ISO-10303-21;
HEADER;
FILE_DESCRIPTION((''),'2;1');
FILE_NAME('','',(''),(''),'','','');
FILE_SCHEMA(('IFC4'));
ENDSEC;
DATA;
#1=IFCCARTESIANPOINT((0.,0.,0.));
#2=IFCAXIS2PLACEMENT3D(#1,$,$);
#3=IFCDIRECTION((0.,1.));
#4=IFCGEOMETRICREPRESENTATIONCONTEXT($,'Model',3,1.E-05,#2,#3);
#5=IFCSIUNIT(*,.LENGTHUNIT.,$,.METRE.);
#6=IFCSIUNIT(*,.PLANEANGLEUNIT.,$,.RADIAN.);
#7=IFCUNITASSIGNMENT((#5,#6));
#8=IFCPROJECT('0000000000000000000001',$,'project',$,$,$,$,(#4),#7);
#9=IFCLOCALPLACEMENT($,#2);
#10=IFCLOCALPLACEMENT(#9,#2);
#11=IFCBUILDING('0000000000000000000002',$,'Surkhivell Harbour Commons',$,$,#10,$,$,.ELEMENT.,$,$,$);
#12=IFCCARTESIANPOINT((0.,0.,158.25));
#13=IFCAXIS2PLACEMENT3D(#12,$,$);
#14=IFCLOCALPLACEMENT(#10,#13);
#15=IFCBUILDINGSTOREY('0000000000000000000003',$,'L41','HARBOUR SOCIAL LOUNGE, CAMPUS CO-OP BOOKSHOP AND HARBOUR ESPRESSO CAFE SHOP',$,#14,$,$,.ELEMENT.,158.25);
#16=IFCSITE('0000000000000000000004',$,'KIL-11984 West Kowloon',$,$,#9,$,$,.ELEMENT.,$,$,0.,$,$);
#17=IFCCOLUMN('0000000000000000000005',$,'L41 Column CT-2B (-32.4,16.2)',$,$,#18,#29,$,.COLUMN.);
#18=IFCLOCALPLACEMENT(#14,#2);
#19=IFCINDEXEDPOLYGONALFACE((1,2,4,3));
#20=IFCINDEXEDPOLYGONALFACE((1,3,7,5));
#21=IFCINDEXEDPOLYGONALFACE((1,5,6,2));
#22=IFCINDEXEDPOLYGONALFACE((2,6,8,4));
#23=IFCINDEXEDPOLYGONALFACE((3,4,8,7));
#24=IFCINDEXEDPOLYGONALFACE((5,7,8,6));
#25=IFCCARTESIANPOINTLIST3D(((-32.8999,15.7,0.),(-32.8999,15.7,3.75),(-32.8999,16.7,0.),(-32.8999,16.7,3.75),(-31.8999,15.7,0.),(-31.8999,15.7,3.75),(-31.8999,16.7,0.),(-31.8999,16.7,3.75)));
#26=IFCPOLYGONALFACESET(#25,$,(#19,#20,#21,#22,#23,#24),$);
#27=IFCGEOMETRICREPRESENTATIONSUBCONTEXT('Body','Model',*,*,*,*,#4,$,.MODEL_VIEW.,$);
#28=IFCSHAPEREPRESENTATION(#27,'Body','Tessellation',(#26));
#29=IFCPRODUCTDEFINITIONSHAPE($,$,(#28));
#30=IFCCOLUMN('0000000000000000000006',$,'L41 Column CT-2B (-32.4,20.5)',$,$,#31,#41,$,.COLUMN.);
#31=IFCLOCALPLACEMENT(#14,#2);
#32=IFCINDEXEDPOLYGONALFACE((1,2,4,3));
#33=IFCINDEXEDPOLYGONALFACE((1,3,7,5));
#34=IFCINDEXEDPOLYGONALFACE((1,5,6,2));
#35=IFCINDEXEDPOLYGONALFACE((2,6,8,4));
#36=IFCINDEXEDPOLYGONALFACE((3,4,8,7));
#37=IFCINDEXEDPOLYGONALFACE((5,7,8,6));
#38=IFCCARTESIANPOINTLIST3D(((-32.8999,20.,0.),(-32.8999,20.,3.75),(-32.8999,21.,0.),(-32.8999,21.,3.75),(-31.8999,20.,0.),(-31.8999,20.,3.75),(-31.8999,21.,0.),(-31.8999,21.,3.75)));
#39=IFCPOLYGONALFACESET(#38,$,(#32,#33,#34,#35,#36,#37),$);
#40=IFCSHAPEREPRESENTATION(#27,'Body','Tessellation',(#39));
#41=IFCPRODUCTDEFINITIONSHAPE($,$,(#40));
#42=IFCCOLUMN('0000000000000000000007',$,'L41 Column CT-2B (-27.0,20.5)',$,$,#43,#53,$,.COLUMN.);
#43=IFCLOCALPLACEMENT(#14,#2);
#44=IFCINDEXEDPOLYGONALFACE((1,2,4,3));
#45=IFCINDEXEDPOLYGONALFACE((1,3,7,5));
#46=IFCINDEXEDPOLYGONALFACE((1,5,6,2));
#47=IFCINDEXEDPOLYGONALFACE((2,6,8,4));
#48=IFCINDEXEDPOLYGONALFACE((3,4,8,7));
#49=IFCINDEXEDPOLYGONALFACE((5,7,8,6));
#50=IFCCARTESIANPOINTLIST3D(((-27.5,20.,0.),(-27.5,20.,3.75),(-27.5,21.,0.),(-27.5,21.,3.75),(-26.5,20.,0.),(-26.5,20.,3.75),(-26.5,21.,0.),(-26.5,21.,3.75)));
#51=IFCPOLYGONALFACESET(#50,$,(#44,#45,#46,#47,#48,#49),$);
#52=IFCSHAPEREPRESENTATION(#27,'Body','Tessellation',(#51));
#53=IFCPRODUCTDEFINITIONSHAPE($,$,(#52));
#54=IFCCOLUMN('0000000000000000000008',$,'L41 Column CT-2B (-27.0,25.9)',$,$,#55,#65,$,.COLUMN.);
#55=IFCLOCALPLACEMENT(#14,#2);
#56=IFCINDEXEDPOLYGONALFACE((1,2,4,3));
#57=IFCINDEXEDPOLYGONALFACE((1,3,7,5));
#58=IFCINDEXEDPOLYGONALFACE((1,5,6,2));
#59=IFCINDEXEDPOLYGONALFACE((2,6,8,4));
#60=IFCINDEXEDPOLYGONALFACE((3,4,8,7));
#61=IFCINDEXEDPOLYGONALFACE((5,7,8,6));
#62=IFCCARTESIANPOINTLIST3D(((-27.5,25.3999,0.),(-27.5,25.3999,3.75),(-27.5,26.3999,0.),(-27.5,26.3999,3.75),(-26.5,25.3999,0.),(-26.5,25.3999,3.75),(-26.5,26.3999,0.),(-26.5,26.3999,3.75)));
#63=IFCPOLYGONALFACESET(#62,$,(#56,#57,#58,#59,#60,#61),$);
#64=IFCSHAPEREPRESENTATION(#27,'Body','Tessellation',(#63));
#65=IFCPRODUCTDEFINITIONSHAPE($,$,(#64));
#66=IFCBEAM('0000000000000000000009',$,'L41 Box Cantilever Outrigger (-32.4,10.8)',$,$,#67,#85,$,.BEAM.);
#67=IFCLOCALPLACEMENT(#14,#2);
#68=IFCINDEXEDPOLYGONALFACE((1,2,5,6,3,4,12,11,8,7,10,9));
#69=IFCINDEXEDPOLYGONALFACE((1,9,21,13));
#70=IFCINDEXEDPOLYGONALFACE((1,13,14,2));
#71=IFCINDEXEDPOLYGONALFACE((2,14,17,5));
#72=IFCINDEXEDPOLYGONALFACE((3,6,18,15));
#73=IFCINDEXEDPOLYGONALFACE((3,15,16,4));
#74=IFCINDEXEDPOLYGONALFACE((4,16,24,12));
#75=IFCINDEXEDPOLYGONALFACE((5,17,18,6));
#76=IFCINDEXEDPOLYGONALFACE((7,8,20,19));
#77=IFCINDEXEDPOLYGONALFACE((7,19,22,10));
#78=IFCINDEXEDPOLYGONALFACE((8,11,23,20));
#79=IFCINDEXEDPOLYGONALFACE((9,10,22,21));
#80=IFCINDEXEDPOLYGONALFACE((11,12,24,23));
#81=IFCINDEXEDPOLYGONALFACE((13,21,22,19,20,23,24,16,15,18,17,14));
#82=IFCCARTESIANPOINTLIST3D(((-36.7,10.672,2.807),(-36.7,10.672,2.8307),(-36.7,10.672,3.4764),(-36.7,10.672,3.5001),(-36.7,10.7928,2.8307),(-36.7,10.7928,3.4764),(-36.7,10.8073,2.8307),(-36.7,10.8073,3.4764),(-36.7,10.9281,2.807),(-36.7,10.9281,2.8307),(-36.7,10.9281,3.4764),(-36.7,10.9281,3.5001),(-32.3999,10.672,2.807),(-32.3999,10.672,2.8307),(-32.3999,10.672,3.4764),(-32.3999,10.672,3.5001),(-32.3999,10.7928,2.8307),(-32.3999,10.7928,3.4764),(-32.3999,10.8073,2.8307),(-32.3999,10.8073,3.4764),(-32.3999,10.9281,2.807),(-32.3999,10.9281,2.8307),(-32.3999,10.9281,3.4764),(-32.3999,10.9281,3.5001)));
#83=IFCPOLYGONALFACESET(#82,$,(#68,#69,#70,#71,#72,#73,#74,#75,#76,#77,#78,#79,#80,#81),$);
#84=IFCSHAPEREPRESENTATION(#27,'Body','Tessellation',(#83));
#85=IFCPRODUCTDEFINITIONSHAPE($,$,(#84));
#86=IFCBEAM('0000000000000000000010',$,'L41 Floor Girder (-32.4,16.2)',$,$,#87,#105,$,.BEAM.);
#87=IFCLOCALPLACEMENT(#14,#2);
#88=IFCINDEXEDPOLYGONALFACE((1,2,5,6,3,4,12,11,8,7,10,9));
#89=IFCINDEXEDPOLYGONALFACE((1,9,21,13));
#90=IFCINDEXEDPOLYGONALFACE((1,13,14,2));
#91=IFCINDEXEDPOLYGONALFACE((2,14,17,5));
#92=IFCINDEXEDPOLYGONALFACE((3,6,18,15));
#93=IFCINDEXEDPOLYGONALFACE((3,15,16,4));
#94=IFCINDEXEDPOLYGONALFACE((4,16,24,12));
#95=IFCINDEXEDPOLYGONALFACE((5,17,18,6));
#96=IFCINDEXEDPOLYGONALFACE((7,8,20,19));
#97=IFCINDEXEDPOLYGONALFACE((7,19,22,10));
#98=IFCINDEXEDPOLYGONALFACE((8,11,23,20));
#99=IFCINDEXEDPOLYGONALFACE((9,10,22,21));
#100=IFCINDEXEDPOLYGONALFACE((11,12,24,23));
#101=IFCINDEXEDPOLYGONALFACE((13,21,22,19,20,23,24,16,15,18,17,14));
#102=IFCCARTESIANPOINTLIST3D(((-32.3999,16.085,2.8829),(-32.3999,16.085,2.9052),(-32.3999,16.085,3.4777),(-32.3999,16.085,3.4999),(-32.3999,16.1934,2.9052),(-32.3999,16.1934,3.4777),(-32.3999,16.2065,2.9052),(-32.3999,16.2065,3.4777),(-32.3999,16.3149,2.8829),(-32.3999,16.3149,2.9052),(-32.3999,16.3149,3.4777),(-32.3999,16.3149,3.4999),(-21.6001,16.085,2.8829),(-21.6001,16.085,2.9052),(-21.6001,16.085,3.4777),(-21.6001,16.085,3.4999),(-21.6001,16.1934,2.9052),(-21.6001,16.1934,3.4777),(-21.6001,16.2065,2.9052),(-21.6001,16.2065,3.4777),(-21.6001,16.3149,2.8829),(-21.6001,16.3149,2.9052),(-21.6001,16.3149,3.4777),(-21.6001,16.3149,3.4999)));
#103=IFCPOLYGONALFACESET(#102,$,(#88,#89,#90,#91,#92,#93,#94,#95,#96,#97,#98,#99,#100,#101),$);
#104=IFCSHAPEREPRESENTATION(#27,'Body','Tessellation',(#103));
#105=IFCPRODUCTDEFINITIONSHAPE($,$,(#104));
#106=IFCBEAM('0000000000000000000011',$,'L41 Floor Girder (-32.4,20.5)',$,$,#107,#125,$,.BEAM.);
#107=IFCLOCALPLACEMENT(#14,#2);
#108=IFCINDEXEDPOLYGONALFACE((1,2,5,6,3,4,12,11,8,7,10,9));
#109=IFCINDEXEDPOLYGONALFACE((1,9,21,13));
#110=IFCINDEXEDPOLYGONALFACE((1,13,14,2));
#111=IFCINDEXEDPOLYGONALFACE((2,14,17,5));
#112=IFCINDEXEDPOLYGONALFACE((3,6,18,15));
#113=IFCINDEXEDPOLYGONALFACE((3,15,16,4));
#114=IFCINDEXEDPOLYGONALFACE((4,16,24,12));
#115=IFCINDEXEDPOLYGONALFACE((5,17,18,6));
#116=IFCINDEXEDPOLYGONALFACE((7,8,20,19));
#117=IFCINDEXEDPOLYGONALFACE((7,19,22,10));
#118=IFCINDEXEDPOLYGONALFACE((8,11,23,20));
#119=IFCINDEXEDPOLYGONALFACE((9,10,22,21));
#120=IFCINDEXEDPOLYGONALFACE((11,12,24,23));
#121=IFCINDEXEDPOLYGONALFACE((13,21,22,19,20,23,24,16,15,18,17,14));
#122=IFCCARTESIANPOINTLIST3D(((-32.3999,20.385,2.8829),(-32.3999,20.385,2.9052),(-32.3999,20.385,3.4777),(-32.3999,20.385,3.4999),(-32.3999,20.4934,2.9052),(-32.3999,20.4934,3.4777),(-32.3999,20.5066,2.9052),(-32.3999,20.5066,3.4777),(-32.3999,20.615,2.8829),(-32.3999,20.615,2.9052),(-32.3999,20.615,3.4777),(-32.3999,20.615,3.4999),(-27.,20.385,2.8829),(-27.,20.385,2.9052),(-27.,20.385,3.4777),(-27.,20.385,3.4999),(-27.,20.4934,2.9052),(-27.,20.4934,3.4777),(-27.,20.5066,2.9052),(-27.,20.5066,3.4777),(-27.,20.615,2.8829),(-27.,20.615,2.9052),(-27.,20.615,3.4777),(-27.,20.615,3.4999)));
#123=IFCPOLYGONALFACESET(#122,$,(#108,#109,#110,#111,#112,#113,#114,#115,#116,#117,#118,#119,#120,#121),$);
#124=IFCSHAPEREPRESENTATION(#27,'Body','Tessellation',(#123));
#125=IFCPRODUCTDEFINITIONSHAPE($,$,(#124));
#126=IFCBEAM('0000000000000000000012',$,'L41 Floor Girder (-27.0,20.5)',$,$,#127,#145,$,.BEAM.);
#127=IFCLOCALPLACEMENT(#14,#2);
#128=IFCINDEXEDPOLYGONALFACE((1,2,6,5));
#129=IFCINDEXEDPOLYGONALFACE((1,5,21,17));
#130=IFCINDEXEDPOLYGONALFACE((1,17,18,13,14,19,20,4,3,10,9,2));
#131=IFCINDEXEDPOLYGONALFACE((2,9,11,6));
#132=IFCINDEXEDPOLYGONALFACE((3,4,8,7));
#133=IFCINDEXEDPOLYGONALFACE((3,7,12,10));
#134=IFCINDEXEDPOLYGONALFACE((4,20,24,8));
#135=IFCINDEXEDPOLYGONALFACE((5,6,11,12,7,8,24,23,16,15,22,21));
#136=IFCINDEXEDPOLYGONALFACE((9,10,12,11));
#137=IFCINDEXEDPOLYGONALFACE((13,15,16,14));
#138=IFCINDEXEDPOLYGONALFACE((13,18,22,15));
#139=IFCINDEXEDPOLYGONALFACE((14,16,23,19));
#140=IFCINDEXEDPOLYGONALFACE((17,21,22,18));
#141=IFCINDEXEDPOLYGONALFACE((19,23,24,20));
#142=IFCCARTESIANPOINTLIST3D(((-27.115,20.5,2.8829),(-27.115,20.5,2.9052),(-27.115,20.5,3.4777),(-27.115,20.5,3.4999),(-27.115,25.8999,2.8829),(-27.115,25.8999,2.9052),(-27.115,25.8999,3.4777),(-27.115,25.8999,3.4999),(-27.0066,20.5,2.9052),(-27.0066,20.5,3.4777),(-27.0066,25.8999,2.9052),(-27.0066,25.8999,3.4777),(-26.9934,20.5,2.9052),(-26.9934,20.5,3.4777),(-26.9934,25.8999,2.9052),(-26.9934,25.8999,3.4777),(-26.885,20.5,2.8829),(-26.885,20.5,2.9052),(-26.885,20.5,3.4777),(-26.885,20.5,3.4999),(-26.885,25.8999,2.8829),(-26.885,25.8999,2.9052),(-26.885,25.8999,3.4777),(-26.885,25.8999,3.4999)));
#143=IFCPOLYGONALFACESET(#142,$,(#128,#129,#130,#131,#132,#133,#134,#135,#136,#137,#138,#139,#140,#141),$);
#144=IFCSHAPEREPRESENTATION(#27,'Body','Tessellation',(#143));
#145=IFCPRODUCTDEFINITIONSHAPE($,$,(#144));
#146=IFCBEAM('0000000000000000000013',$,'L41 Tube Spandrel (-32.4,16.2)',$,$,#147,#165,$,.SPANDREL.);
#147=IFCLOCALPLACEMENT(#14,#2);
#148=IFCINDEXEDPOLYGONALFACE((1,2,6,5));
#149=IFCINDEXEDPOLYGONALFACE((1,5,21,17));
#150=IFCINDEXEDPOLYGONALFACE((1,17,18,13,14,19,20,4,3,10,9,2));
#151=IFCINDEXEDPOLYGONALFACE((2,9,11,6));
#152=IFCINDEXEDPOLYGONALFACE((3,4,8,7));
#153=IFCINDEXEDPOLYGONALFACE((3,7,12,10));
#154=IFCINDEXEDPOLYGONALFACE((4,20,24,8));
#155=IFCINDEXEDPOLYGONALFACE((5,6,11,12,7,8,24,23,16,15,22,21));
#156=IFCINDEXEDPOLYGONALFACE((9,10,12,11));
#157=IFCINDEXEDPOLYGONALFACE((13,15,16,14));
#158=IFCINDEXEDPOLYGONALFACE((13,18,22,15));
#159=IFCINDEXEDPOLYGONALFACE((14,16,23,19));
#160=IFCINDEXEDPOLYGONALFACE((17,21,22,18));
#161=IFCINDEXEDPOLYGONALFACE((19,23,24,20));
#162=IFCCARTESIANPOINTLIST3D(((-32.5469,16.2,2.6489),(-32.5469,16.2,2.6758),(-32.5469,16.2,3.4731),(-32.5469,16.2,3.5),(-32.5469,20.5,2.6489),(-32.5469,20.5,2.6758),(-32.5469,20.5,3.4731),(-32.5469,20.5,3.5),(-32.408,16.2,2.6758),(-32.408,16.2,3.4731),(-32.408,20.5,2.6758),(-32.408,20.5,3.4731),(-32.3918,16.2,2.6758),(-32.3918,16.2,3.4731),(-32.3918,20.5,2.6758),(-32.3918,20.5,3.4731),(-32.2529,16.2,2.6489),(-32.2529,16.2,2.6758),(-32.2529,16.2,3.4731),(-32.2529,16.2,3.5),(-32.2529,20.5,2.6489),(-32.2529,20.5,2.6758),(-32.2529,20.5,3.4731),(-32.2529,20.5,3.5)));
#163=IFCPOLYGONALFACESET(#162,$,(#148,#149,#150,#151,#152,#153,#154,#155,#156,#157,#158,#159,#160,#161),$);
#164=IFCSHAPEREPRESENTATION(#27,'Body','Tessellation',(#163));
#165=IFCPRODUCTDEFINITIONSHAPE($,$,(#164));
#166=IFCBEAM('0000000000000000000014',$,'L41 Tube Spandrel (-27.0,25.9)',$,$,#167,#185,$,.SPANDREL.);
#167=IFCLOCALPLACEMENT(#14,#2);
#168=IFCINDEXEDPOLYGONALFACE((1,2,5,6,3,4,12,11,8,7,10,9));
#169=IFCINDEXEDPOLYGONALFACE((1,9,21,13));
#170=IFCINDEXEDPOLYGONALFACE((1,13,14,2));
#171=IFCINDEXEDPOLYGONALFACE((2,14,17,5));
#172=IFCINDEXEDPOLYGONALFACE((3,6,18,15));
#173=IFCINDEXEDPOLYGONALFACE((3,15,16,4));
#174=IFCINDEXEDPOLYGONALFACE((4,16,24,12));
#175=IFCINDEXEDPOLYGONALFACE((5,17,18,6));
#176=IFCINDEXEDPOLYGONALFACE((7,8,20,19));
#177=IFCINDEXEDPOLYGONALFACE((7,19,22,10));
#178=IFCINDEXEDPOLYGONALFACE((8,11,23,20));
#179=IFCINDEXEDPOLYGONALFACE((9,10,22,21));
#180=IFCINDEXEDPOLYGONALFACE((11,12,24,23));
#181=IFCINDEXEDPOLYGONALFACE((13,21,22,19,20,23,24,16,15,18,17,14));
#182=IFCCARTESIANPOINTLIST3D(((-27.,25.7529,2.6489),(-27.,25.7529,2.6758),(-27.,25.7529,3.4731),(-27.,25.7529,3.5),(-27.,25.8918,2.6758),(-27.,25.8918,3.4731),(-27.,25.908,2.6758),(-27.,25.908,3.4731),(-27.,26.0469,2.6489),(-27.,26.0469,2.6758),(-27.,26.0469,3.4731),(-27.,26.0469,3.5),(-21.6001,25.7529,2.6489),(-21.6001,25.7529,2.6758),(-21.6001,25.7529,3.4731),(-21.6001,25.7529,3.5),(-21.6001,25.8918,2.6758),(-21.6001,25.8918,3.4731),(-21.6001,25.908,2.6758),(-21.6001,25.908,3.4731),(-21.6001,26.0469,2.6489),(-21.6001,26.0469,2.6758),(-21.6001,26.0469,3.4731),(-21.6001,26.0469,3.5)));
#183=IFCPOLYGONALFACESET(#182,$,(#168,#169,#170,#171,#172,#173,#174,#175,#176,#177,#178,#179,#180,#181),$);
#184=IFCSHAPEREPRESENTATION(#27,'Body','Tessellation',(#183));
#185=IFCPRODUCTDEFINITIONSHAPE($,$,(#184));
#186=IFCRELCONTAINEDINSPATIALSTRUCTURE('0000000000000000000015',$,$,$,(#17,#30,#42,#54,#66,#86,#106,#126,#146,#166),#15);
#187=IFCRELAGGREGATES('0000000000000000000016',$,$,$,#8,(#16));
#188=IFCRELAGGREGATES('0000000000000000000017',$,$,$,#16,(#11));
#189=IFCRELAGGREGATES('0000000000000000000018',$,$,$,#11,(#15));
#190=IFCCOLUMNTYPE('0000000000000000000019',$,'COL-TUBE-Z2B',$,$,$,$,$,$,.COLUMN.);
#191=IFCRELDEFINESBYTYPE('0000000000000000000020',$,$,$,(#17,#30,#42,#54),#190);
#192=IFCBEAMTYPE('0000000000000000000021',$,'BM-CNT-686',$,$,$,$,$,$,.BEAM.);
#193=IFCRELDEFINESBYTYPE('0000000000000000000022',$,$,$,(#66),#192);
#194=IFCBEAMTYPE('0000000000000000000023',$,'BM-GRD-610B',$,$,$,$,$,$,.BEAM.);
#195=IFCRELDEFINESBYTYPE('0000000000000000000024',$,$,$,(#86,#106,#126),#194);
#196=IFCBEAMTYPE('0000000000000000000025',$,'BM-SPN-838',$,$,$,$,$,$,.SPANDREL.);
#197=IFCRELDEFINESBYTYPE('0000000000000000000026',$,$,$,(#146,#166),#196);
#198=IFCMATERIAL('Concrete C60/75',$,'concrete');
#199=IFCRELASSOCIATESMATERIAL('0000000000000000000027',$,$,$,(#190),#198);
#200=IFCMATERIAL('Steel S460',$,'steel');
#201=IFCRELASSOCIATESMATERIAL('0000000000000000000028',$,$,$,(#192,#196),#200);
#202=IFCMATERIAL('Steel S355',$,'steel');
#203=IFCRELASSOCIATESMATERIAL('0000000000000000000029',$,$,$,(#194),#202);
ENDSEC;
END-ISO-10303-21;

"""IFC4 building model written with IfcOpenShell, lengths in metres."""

from ifc_helpers import new_model, si_unit, direction, frame, origin, origin_2d, place, context, subcontext, project, spatial, rectangle, i_section, extrude, material, material_profile, profile_set, type_object, element, save


model = new_model("IFC4")

# Units and contexts
model_context = context("Model", 3, precision=1e-05, world=origin(), true_north=direction((0.0, 1.0)))
body_context = subcontext(model_context, "Body", "Model", "MODEL_VIEW")
ifc_project = project(units=[si_unit("LENGTHUNIT", "METRE"), si_unit("PLANEANGLEUNIT", "RADIAN")], contexts=[model_context])

# Site, building, storey
site_placement = place(None, origin())
site = spatial("IfcSite", under=ifc_project, at=site_placement, Name="KIL-11984 West Kowloon", CompositionType="ELEMENT", RefElevation=0.0)
building_placement = place(site_placement, origin())
building = spatial("IfcBuilding", under=site, at=building_placement, Name="Surkhivell Harbour Commons", CompositionType="ELEMENT")
storey_placement = place(building_placement, frame((0.0, 0.0, 158.25)))
storey = spatial("IfcBuildingStorey", under=building, at=storey_placement, Name="L41", Description="HARBOUR SOCIAL LOUNGE, CAMPUS CO-OP BOOKSHOP AND HARBOUR ESPRESSO CAFE SHOP", CompositionType="ELEMENT", Elevation=158.25)

# Columns
ifc_material_1 = material(Name="Concrete C60/75", Category="concrete")
ifc_material_profile_1 = material_profile(ifc_material_1, rectangle(XDim=1.0, YDim=1.0, at=origin_2d()), Name="RC-COL-1000x1000")
ifc_profile_set_1 = profile_set([ifc_material_profile_1], Name="Concrete C60/75")
column_type = type_object("IfcColumnType", Name="COL-TUBE-Z2B", PredefinedType="COLUMN", material=ifc_profile_set_1)
for number, where, z_axis, x_axis, name in (
    (1, (-32.3999, 16.2, 0.0), (0.0, 0.0, 1.0), (1.0, 0.0, 0.0), "L41 Column CT-2B (-32.4,16.2)"),
    (2, (-32.3999, 20.5, 0.0), (0.0, 0.0, 1.0), (1.0, 0.0, 0.0), "L41 Column CT-2B (-32.4,20.5)"),
    (3, (-27.0, 20.5, 0.0), (0.0, 0.0, 1.0), (1.0, 0.0, 0.0), "L41 Column CT-2B (-27.0,20.5)"),
    (4, (-27.0, 25.8999, 0.0), (0.0, 0.0, 1.0), (1.0, 0.0, 0.0), "L41 Column CT-2B (-27.0,25.9)"),
):
    element("IfcColumn", number, at=place(storey_placement, frame(where, z_axis=z_axis, x_axis=x_axis)), inside=storey, type_object=column_type, Name=name, PredefinedType="COLUMN", context=body_context, shape_type="SweptSolid", body=[
        extrude(rectangle(XDim=1.0, YDim=1.0, at=origin_2d()), origin(), (0.0, 0.0, 1.0), 3.75),
    ])

# Beams
ifc_material_2 = material(Name="Steel S460", Category="steel")
ifc_material_profile_2 = material_profile(ifc_material_2, i_section(OverallWidth=0.2561, OverallDepth=0.6931, WebThickness=0.0144, FlangeThickness=0.0237, at=origin_2d()), Name="UB686x254x170")
ifc_profile_set_2 = profile_set([ifc_material_profile_2], Name="Steel S460")
beam_type_1 = type_object("IfcBeamType", Name="BM-CNT-686", PredefinedType="BEAM", material=ifc_profile_set_2)
beam_1_placement = place(storey_placement, frame((-32.3999, 10.8, 3.1536), z_axis=(-1.0, 0.0, 0.0), x_axis=(0.0, -1.0, 0.0)))
element("IfcBeam", 5, at=beam_1_placement, inside=storey, type_object=beam_type_1, Name="L41 Box Cantilever Outrigger (-32.4,10.8)", PredefinedType="BEAM", context=body_context, shape_type="SweptSolid", body=[
    extrude(i_section(OverallWidth=0.2561, OverallDepth=0.6931, WebThickness=0.0144, FlangeThickness=0.0237, at=origin_2d()), origin(), (0.0, 0.0, 1.0), 4.3),
])
ifc_material_3 = material(Name="Steel S355", Category="steel")
ifc_material_profile_3 = material_profile(ifc_material_3, i_section(OverallWidth=0.23, OverallDepth=0.6169, WebThickness=0.0132, FlangeThickness=0.0222, at=origin_2d()), Name="UB610x229x140")
ifc_profile_set_3 = profile_set([ifc_material_profile_3], Name="Steel S355")
beam_type_2 = type_object("IfcBeamType", Name="BM-GRD-610B", PredefinedType="BEAM", material=ifc_profile_set_3)
beam_2_placement = place(storey_placement, frame((-32.3999, 16.2, 3.1914), z_axis=(1.0, 0.0, 0.0), x_axis=(0.0, 1.0, 0.0)))
element("IfcBeam", 6, at=beam_2_placement, inside=storey, type_object=beam_type_2, Name="L41 Floor Girder (-32.4,16.2)", PredefinedType="BEAM", context=body_context, shape_type="SweptSolid", body=[
    extrude(i_section(OverallWidth=0.23, OverallDepth=0.6169, WebThickness=0.0132, FlangeThickness=0.0222, at=origin_2d()), origin(), (0.0, 0.0, 1.0), 10.7998),
])
for number, where, z_axis, x_axis, name in (
    (7, (-32.3999, 20.5, 3.1914), (1.0, 0.0, 0.0), (0.0, 1.0, 0.0), "L41 Floor Girder (-32.4,20.5)"),
    (8, (-27.0, 20.5, 3.1914), (0.0, 1.0, 0.0), (-1.0, 0.0, 0.0), "L41 Floor Girder (-27.0,20.5)"),
):
    element("IfcBeam", number, at=place(storey_placement, frame(where, z_axis=z_axis, x_axis=x_axis)), inside=storey, type_object=beam_type_2, Name=name, PredefinedType="BEAM", context=body_context, shape_type="SweptSolid", body=[
        extrude(i_section(OverallWidth=0.23, OverallDepth=0.6169, WebThickness=0.0132, FlangeThickness=0.0222, at=origin_2d()), origin(), (0.0, 0.0, 1.0), 5.3999),
    ])
ifc_material_profile_4 = material_profile(ifc_material_2, i_section(OverallWidth=0.2939, OverallDepth=0.8511, WebThickness=0.0161, FlangeThickness=0.0269, at=origin_2d()), Name="UB838x292x226")
ifc_profile_set_4 = profile_set([ifc_material_profile_4], Name="Steel S460")
beam_type_3 = type_object("IfcBeamType", Name="BM-SPN-838", PredefinedType="SPANDREL", material=ifc_profile_set_4)
beam_3_placement = place(storey_placement, frame((-32.3999, 16.2, 3.0745), z_axis=(0.0, 1.0, 0.0), x_axis=(-1.0, 0.0, 0.0)))
element("IfcBeam", 9, at=beam_3_placement, inside=storey, type_object=beam_type_3, Name="L41 Tube Spandrel (-32.4,16.2)", PredefinedType="SPANDREL", context=body_context, shape_type="SweptSolid", body=[
    extrude(i_section(OverallWidth=0.2939, OverallDepth=0.8511, WebThickness=0.0161, FlangeThickness=0.0269, at=origin_2d()), origin(), (0.0, 0.0, 1.0), 4.3),
])
beam_4_placement = place(storey_placement, frame((-27.0, 25.8999, 3.0745), z_axis=(1.0, 0.0, 0.0), x_axis=(0.0, 1.0, 0.0)))
element("IfcBeam", 10, at=beam_4_placement, inside=storey, type_object=beam_type_3, Name="L41 Tube Spandrel (-27.0,25.9)", PredefinedType="SPANDREL", context=body_context, shape_type="SweptSolid", body=[
    extrude(i_section(OverallWidth=0.2939, OverallDepth=0.8511, WebThickness=0.0161, FlangeThickness=0.0269, at=origin_2d()), origin(), (0.0, 0.0, 1.0), 5.3999),
])

save(model, "model.ifc")
